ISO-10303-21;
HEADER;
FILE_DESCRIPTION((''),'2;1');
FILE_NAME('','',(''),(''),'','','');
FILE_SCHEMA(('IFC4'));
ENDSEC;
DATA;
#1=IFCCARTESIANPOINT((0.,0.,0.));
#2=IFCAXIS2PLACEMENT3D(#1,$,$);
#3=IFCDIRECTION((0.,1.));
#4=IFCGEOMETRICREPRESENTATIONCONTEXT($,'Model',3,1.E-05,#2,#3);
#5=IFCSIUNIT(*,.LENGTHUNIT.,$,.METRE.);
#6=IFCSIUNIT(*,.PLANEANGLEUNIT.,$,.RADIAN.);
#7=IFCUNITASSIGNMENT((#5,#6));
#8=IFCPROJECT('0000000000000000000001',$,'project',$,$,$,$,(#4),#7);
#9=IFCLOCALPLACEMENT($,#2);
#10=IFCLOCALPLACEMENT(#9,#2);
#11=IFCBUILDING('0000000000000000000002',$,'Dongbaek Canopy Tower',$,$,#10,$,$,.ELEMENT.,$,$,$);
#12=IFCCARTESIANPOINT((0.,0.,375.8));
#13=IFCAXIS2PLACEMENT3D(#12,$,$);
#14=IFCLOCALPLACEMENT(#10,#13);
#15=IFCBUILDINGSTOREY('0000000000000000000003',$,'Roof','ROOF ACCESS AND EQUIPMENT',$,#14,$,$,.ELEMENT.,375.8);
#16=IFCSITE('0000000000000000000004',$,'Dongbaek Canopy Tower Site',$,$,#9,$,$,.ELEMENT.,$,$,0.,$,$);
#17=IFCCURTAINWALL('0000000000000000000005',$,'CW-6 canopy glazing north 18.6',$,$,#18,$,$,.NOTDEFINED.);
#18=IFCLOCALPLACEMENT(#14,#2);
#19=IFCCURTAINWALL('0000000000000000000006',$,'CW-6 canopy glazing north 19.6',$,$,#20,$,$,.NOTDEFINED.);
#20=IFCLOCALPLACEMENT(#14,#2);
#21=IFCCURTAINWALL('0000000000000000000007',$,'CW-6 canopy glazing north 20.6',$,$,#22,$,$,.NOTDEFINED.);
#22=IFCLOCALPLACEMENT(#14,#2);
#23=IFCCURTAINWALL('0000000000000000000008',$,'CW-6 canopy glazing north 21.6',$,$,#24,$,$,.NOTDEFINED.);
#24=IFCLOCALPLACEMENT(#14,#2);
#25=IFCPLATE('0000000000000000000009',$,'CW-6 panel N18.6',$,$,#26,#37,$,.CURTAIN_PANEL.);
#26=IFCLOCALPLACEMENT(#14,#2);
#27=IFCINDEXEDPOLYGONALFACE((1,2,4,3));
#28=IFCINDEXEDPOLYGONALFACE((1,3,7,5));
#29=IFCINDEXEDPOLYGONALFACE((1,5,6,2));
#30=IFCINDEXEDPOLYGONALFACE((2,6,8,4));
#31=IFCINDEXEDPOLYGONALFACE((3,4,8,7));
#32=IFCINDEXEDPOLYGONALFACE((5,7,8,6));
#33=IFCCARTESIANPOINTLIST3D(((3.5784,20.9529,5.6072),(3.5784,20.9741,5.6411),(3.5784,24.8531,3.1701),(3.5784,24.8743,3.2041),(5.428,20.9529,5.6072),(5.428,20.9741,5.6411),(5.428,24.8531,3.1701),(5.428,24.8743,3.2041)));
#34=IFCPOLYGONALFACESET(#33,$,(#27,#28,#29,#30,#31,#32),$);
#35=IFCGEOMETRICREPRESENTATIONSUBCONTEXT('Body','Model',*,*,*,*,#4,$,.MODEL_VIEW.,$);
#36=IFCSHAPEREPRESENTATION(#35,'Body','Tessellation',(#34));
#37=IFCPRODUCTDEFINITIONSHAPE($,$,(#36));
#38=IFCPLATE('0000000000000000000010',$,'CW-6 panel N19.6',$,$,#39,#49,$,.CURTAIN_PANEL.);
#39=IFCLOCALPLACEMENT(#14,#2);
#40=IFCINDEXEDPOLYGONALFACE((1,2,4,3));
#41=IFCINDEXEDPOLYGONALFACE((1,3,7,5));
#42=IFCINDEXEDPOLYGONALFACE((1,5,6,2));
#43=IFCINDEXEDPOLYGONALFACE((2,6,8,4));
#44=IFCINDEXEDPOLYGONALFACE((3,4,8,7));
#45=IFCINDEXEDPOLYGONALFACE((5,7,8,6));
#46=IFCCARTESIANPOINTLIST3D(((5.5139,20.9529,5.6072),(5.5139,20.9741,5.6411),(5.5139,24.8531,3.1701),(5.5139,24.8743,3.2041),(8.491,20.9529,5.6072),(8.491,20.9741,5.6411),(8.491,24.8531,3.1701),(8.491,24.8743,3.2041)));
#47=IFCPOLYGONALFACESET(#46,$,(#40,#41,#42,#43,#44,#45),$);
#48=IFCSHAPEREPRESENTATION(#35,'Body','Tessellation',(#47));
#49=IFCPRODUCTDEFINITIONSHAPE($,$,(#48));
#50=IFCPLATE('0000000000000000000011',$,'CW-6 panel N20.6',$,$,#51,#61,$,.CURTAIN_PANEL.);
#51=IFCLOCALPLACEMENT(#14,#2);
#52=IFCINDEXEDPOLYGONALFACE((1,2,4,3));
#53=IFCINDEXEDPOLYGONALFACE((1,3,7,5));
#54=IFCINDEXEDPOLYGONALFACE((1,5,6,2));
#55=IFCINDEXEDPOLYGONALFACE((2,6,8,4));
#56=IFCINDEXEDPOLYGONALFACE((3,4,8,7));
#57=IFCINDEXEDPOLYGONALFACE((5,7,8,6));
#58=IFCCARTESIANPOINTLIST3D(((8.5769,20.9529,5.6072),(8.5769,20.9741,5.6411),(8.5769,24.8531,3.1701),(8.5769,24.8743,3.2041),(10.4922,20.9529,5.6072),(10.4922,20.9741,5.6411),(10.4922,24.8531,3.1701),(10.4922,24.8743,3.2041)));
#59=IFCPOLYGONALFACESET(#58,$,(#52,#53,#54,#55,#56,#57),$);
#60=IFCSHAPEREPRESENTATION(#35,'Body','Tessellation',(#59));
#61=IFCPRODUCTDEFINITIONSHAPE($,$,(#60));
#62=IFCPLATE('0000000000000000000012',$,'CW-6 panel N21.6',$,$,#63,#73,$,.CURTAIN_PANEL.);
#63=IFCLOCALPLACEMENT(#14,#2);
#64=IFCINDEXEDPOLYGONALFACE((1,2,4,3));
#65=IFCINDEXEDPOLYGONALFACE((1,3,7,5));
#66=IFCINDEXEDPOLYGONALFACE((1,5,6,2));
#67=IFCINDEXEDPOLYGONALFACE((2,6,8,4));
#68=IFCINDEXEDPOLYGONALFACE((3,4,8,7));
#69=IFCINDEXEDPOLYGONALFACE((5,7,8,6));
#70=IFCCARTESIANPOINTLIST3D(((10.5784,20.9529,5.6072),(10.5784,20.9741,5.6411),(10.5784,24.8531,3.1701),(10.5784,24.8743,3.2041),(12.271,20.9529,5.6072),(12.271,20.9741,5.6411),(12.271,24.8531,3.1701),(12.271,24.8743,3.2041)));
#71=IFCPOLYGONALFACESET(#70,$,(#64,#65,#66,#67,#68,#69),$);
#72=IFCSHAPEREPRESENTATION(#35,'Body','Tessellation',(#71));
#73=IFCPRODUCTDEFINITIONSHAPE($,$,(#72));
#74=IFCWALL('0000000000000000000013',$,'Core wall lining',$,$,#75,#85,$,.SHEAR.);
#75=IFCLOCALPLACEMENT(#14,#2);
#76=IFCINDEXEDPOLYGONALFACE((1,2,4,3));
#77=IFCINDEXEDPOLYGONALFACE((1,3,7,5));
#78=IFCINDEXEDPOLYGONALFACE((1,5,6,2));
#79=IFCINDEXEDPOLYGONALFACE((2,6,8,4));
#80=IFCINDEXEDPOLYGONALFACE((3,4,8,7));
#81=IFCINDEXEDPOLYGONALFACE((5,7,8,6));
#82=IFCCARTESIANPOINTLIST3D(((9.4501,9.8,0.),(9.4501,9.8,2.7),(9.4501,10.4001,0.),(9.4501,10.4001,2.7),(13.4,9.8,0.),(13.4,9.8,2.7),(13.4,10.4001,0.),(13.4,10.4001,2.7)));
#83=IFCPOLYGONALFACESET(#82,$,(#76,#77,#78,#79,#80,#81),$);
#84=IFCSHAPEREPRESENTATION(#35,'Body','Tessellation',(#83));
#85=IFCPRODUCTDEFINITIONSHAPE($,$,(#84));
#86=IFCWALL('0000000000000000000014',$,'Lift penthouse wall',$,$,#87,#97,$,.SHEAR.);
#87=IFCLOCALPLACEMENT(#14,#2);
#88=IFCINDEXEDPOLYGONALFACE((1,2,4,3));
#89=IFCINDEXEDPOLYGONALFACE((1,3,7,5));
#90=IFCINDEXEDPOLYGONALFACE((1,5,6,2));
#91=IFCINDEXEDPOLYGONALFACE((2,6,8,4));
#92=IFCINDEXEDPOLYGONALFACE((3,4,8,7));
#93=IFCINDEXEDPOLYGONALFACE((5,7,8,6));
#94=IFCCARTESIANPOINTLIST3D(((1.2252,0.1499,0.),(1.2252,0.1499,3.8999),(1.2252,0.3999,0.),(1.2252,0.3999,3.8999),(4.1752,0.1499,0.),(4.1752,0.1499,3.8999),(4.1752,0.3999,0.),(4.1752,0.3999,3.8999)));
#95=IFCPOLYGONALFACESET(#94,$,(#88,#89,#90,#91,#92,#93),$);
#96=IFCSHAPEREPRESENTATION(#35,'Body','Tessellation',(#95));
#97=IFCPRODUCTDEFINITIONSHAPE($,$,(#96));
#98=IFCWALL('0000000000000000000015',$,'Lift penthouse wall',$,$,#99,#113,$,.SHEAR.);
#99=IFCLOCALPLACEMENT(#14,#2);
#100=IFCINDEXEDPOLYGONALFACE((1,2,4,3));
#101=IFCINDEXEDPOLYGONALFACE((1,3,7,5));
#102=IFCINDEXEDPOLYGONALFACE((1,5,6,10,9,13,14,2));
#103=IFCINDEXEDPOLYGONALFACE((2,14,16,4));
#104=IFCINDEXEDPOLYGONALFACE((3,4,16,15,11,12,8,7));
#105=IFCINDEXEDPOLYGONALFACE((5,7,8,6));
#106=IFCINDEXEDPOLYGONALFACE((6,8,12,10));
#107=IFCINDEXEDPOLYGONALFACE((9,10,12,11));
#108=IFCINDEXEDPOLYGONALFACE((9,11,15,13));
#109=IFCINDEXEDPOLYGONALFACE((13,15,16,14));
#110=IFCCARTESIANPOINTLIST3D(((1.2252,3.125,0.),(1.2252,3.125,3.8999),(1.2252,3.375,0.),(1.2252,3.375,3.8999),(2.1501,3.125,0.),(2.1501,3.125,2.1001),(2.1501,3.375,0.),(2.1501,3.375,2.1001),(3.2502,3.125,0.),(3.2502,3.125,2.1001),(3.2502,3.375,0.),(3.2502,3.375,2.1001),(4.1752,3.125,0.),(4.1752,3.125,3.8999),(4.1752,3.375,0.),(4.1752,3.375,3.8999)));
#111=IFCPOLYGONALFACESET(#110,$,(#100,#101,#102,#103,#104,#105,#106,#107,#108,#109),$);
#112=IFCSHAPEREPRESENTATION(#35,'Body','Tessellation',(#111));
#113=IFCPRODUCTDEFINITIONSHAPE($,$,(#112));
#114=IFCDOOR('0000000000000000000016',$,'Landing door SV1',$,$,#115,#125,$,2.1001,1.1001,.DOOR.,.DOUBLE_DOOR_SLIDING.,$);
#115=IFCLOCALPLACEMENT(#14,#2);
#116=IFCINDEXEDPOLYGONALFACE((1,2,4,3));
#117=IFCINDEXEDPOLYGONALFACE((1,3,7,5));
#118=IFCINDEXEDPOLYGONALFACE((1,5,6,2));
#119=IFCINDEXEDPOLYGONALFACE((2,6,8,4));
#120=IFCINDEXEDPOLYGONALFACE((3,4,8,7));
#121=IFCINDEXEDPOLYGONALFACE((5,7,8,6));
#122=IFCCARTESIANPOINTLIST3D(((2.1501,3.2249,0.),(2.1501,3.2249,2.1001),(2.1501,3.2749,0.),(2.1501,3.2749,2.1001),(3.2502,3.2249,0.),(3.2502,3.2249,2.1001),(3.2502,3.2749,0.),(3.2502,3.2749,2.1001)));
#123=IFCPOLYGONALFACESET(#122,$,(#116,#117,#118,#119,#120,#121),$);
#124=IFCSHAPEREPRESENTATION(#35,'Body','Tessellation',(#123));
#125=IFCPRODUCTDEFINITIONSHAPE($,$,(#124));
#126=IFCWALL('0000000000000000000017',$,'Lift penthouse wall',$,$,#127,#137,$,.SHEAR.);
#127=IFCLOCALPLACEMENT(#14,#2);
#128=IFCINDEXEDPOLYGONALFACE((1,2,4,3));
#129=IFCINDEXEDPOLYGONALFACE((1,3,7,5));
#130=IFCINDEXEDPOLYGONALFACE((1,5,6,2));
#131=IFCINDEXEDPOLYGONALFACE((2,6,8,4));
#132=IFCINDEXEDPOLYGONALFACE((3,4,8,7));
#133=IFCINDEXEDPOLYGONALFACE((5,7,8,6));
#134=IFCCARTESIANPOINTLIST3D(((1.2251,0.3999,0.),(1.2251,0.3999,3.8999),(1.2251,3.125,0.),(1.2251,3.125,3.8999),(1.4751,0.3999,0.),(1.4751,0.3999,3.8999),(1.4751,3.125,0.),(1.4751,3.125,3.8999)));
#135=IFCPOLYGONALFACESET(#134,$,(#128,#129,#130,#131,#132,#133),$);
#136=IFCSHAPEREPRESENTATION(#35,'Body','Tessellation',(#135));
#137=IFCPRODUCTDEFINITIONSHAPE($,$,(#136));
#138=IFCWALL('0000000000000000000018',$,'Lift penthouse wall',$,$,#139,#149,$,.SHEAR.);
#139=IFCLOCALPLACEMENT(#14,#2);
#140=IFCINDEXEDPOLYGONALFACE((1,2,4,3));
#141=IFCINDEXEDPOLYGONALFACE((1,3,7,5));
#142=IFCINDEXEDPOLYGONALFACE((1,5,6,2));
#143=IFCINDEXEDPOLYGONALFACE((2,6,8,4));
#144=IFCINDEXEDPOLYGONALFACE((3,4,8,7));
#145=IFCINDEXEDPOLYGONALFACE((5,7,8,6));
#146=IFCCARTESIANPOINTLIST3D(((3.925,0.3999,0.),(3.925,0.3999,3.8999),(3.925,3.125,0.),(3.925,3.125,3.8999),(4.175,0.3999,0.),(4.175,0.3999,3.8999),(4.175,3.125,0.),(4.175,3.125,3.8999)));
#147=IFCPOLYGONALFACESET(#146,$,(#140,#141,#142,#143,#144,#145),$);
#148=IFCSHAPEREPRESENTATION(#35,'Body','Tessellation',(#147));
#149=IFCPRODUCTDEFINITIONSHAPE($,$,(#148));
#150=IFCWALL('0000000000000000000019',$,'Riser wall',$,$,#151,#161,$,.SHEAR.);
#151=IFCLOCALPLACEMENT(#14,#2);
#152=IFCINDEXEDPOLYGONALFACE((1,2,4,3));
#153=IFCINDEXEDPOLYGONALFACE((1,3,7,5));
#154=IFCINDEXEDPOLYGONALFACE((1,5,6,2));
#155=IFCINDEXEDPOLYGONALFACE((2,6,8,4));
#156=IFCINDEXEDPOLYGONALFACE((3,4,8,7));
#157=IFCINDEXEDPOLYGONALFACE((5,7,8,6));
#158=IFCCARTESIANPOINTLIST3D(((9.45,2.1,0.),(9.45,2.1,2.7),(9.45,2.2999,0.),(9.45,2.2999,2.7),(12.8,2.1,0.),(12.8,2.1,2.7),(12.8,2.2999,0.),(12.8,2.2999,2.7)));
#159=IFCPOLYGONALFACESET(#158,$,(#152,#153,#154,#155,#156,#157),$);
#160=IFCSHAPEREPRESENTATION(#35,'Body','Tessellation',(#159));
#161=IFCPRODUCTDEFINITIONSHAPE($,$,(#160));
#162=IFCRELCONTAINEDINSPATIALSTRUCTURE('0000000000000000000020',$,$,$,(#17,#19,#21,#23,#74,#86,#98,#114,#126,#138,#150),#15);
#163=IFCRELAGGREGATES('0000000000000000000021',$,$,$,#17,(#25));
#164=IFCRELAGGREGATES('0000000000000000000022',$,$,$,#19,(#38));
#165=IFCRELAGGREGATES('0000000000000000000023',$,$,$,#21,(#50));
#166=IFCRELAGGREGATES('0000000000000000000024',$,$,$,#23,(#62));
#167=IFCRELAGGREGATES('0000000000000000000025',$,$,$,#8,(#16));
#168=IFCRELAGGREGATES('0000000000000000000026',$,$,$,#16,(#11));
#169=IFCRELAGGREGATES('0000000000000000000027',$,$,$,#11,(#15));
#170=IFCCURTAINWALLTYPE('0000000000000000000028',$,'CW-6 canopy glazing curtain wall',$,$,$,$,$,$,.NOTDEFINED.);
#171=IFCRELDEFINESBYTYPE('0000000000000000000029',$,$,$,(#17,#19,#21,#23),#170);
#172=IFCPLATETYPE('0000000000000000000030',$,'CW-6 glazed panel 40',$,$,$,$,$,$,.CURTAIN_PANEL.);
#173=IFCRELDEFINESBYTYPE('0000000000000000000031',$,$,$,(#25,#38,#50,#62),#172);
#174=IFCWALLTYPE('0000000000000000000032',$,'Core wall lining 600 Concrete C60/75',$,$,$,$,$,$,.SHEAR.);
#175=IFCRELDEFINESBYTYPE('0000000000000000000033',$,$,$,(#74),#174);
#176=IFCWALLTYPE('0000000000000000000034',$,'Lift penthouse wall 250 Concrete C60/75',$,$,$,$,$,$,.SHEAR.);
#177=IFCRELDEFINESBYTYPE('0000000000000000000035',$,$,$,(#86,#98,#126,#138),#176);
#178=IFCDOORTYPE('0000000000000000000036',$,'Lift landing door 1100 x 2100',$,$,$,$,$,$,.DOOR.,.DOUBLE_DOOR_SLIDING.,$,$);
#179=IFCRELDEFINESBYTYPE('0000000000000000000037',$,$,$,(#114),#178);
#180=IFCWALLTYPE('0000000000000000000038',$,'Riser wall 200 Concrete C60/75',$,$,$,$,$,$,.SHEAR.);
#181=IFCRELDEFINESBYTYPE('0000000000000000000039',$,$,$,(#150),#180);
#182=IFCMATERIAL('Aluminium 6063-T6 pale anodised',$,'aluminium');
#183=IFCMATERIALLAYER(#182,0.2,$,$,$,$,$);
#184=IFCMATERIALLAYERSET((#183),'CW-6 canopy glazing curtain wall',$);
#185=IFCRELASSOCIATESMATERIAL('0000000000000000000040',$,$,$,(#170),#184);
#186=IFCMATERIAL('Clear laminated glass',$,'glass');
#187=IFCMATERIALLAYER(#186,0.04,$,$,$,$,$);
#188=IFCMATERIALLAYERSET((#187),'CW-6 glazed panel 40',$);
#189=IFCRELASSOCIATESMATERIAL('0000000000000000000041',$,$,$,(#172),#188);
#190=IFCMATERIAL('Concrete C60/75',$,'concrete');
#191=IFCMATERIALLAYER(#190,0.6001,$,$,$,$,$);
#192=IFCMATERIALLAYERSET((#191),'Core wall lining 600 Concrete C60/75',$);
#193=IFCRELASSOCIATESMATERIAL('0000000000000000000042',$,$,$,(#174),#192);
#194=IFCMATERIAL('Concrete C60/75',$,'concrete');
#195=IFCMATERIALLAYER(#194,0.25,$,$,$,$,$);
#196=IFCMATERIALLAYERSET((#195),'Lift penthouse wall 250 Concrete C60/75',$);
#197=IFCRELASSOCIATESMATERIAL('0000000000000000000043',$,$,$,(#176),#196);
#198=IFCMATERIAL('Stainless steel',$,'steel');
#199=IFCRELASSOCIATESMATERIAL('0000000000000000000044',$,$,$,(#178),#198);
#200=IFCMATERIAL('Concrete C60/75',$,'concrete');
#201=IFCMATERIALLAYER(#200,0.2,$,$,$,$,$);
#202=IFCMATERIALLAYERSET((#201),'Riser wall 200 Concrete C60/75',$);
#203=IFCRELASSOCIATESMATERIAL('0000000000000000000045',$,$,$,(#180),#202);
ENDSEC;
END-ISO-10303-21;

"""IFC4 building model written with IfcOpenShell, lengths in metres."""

from ifc_helpers import new_model, si_unit, direction, frame, frame_2d, origin, place, context, subcontext, project, spatial, polyline, rectangle, outline, extrude, material, layer, layer_set, type_object, element, fill, aggregate, save


model = new_model("IFC4")

# Units and contexts
model_context = context("Model", 3, precision=1e-05, world=origin(), true_north=direction((0.0, 1.0)))
body_context = subcontext(model_context, "Body", "Model", "MODEL_VIEW")
ifc_project = project(units=[si_unit("LENGTHUNIT", "METRE"), si_unit("PLANEANGLEUNIT", "RADIAN")], contexts=[model_context])

# Site, building, storey
site_placement = place(None, origin())
site = spatial("IfcSite", under=ifc_project, at=site_placement, Name="Dongbaek Canopy Tower Site", CompositionType="ELEMENT", RefElevation=0.0)
building_placement = place(site_placement, origin())
building = spatial("IfcBuilding", under=site, at=building_placement, Name="Dongbaek Canopy Tower", CompositionType="ELEMENT")
storey_placement = place(building_placement, frame((0.0, 0.0, 375.8)))
storey = spatial("IfcBuildingStorey", under=building, at=storey_placement, Name="Roof", Description="ROOF ACCESS AND EQUIPMENT", CompositionType="ELEMENT", Elevation=375.8)

# Curtain walls
ifc_material_1 = material(Name="Aluminium 6063-T6 pale anodised", Category="aluminium")
ifc_layer_1 = layer(ifc_material_1, 0.2)
ifc_layer_set_1 = layer_set([ifc_layer_1], Name="CW-6 canopy glazing curtain wall")
curtain_wall_type = type_object("IfcCurtainWallType", Name="CW-6 canopy glazing curtain wall", PredefinedType="NOTDEFINED", material=ifc_layer_set_1)
curtain_wall_1_placement = place(storey_placement, origin())
curtain_wall_1 = element("IfcCurtainWall", 1, at=curtain_wall_1_placement, inside=storey, type_object=curtain_wall_type, Name="CW-6 canopy glazing north 18.6", PredefinedType="NOTDEFINED")
curtain_wall_2_placement = place(storey_placement, origin())
curtain_wall_2 = element("IfcCurtainWall", 2, at=curtain_wall_2_placement, inside=storey, type_object=curtain_wall_type, Name="CW-6 canopy glazing north 19.6", PredefinedType="NOTDEFINED")
curtain_wall_3_placement = place(storey_placement, origin())
curtain_wall_3 = element("IfcCurtainWall", 3, at=curtain_wall_3_placement, inside=storey, type_object=curtain_wall_type, Name="CW-6 canopy glazing north 20.6", PredefinedType="NOTDEFINED")
curtain_wall_4_placement = place(storey_placement, origin())
curtain_wall_4 = element("IfcCurtainWall", 4, at=curtain_wall_4_placement, inside=storey, type_object=curtain_wall_type, Name="CW-6 canopy glazing north 21.6", PredefinedType="NOTDEFINED")

# Shared definitions
ifc_material_2 = material(Name="Clear laminated glass", Category="glass")
ifc_layer_2 = layer(ifc_material_2, 0.04)
ifc_layer_set_2 = layer_set([ifc_layer_2], Name="CW-6 glazed panel 40")
plate_type = type_object("IfcPlateType", Name="CW-6 glazed panel 40", PredefinedType="CURTAIN_PANEL", material=ifc_layer_set_2)

# Plates
plate_1_placement = place(storey_placement, frame((5.428, 20.9741, 5.6411), z_axis=(0.0, 0.529908, 0.848055), x_axis=(-1.0, 0.0, 0.0)))
plate_1 = element("IfcPlate", 5, at=plate_1_placement, type_object=plate_type, Name="CW-6 panel N18.6", PredefinedType="CURTAIN_PANEL", context=body_context, shape_type="SweptSolid", body=[
    extrude(outline(polyline([(0.0, 0.0), (1.8496, 0.0), (1.8496, -4.5989), (0.0, -4.5989), (0.0, 0.0)])), origin(), (0.0, 0.0, -1.0), 0.04),
])
aggregate(curtain_wall_1, [plate_1])
plate_2_placement = place(storey_placement, frame((8.491, 20.9741, 5.6411), z_axis=(0.0, 0.529908, 0.848055), x_axis=(-1.0, 0.0, 0.0)))
plate_2 = element("IfcPlate", 6, at=plate_2_placement, type_object=plate_type, Name="CW-6 panel N19.6", PredefinedType="CURTAIN_PANEL", context=body_context, shape_type="SweptSolid", body=[
    extrude(outline(polyline([(0.0, 0.0), (2.9771, 0.0), (2.9771, -4.5989), (0.0, -4.5989), (0.0, 0.0)])), origin(), (0.0, 0.0, -1.0), 0.04),
])
aggregate(curtain_wall_2, [plate_2])
plate_3_placement = place(storey_placement, frame((10.4922, 20.9741, 5.6411), z_axis=(0.0, 0.529908, 0.848055), x_axis=(-1.0, 0.0, 0.0)))
plate_3 = element("IfcPlate", 7, at=plate_3_placement, type_object=plate_type, Name="CW-6 panel N20.6", PredefinedType="CURTAIN_PANEL", context=body_context, shape_type="SweptSolid", body=[
    extrude(outline(polyline([(0.0, 0.0), (1.9153, 0.0), (1.9153, -4.5989), (0.0, -4.5989), (0.0, 0.0)])), origin(), (0.0, 0.0, -1.0), 0.04),
])
aggregate(curtain_wall_3, [plate_3])
plate_4_placement = place(storey_placement, frame((12.271, 20.9741, 5.6411), z_axis=(0.0, 0.529908, 0.848055), x_axis=(-1.0, 0.0, 0.0)))
plate_4 = element("IfcPlate", 8, at=plate_4_placement, type_object=plate_type, Name="CW-6 panel N21.6", PredefinedType="CURTAIN_PANEL", context=body_context, shape_type="SweptSolid", body=[
    extrude(outline(polyline([(0.0, 0.0), (1.6926, 0.0), (1.6926, -4.5989), (0.0, -4.5989), (0.0, 0.0)])), origin(), (0.0, 0.0, -1.0), 0.04),
])
aggregate(curtain_wall_4, [plate_4])

# Walls
ifc_material_3 = material(Name="Concrete C60/75", Category="concrete")
ifc_layer_3 = layer(ifc_material_3, 0.6001)
ifc_layer_set_3 = layer_set([ifc_layer_3], Name="Core wall lining 600 Concrete C60/75")
wall_type_1 = type_object("IfcWallType", Name="Core wall lining 600 Concrete C60/75", PredefinedType="SHEAR", material=ifc_layer_set_3)
wall_1_placement = place(storey_placement, frame((9.45, 10.1001, 0.0), z_axis=(0.0, 0.0, 1.0), x_axis=(1.0, 0.0, 0.0)))
element("IfcWall", 9, at=wall_1_placement, inside=storey, type_object=wall_type_1, Name="Core wall lining", PredefinedType="SHEAR", context=body_context, shape_type="SweptSolid", body=[
    extrude(rectangle(XDim=3.95, YDim=0.6001, at=frame_2d((1.9751, 0.0))), origin(), (0.0, 0.0, 1.0), 2.7),
])
ifc_material_4 = material(Name="Concrete C60/75", Category="concrete")
ifc_layer_4 = layer(ifc_material_4, 0.25)
ifc_layer_set_4 = layer_set([ifc_layer_4], Name="Lift penthouse wall 250 Concrete C60/75")
wall_type_2 = type_object("IfcWallType", Name="Lift penthouse wall 250 Concrete C60/75", PredefinedType="SHEAR", material=ifc_layer_set_4)
wall_2_placement = place(storey_placement, frame((1.2251, 0.2749, 0.0), z_axis=(0.0, 0.0, 1.0), x_axis=(1.0, 0.0, 0.0)))
element("IfcWall", 10, at=wall_2_placement, inside=storey, type_object=wall_type_2, Name="Lift penthouse wall", PredefinedType="SHEAR", context=body_context, shape_type="SweptSolid", body=[
    extrude(rectangle(XDim=2.95, YDim=0.25, at=frame_2d((1.4751, 0.0))), origin(), (0.0, 0.0, 1.0), 3.8999),
])

# Wall, opening, door
wall_3_placement = place(storey_placement, frame((1.2251, 3.25, 0.0), z_axis=(0.0, 0.0, 1.0), x_axis=(1.0, 0.0, 0.0)))
wall_3 = element("IfcWall", 11, at=wall_3_placement, inside=storey, type_object=wall_type_2, Name="Lift penthouse wall", PredefinedType="SHEAR", context=body_context, shape_type="SweptSolid", body=[
    extrude(rectangle(XDim=2.95, YDim=0.25, at=frame_2d((1.4751, 0.0))), origin(), (0.0, 0.0, 1.0), 3.8999),
])
opening_1_placement = place(wall_3_placement, frame((0.925, 0.0, 0.0)))
opening_1 = element("IfcOpeningElement", 12, at=opening_1_placement, cuts=wall_3, PredefinedType="OPENING", context=body_context, shape_type="SweptSolid", body=[
    extrude(rectangle(XDim=1.1001, YDim=2.1001, at=frame_2d((0.55, 1.05))), frame((0.0, 0.135, 0.0), z_axis=(0.0, -1.0, 0.0), x_axis=(1.0, 0.0, 0.0)), (0.0, 0.0, 1.0), 0.27),
])
ifc_material_5 = material(Name="Stainless steel", Category="steel")
door_type_1 = type_object("IfcDoorType", Name="Lift landing door 1100 x 2100", OperationType="DOUBLE_DOOR_SLIDING", PredefinedType="DOOR", material=ifc_material_5)
door_1_placement = place(opening_1_placement, origin())
door_1 = element("IfcDoor", 13, at=door_1_placement, inside=storey, type_object=door_type_1, Name="Landing door SV1", OperationType="DOUBLE_DOOR_SLIDING", OverallHeight=2.1001, OverallWidth=1.1001, PredefinedType="DOOR", context=body_context, shape_type="SweptSolid", body=[
    extrude(rectangle(XDim=1.1001, YDim=2.1001, at=frame_2d((0.55, 1.05))), frame((0.0, 0.0249, 0.0), z_axis=(0.0, -1.0, 0.0), x_axis=(1.0, 0.0, 0.0)), (0.0, 0.0, 1.0), 0.05),
])
fill(opening_1, door_1)

# Walls
for number, where, z_axis, x_axis, name in (
    (14, (1.3501, 0.3999, 0.0), (0.0, 0.0, 1.0), (0.0, 1.0, 0.0), "Lift penthouse wall"),
    (15, (4.05, 0.3999, 0.0), (0.0, 0.0, 1.0), (0.0, 1.0, 0.0), "Lift penthouse wall"),
):
    element("IfcWall", number, at=place(storey_placement, frame(where, z_axis=z_axis, x_axis=x_axis)), inside=storey, type_object=wall_type_2, Name=name, PredefinedType="SHEAR", context=body_context, shape_type="SweptSolid", body=[
        extrude(rectangle(XDim=2.7251, YDim=0.25, at=frame_2d((1.3625, 0.0))), origin(), (0.0, 0.0, 1.0), 3.8999),
    ])
ifc_material_6 = material(Name="Concrete C60/75", Category="concrete")
ifc_layer_5 = layer(ifc_material_6, 0.2)
ifc_layer_set_5 = layer_set([ifc_layer_5], Name="Riser wall 200 Concrete C60/75")
wall_type_3 = type_object("IfcWallType", Name="Riser wall 200 Concrete C60/75", PredefinedType="SHEAR", material=ifc_layer_set_5)
wall_4_placement = place(storey_placement, frame((9.45, 2.2, 0.0), z_axis=(0.0, 0.0, 1.0), x_axis=(1.0, 0.0, 0.0)))
element("IfcWall", 16, at=wall_4_placement, inside=storey, type_object=wall_type_3, Name="Riser wall", PredefinedType="SHEAR", context=body_context, shape_type="SweptSolid", body=[
    extrude(rectangle(XDim=3.3501, YDim=0.2, at=frame_2d((1.675, 0.0))), origin(), (0.0, 0.0, 1.0), 2.7),
])

save(model, "model.ifc")
